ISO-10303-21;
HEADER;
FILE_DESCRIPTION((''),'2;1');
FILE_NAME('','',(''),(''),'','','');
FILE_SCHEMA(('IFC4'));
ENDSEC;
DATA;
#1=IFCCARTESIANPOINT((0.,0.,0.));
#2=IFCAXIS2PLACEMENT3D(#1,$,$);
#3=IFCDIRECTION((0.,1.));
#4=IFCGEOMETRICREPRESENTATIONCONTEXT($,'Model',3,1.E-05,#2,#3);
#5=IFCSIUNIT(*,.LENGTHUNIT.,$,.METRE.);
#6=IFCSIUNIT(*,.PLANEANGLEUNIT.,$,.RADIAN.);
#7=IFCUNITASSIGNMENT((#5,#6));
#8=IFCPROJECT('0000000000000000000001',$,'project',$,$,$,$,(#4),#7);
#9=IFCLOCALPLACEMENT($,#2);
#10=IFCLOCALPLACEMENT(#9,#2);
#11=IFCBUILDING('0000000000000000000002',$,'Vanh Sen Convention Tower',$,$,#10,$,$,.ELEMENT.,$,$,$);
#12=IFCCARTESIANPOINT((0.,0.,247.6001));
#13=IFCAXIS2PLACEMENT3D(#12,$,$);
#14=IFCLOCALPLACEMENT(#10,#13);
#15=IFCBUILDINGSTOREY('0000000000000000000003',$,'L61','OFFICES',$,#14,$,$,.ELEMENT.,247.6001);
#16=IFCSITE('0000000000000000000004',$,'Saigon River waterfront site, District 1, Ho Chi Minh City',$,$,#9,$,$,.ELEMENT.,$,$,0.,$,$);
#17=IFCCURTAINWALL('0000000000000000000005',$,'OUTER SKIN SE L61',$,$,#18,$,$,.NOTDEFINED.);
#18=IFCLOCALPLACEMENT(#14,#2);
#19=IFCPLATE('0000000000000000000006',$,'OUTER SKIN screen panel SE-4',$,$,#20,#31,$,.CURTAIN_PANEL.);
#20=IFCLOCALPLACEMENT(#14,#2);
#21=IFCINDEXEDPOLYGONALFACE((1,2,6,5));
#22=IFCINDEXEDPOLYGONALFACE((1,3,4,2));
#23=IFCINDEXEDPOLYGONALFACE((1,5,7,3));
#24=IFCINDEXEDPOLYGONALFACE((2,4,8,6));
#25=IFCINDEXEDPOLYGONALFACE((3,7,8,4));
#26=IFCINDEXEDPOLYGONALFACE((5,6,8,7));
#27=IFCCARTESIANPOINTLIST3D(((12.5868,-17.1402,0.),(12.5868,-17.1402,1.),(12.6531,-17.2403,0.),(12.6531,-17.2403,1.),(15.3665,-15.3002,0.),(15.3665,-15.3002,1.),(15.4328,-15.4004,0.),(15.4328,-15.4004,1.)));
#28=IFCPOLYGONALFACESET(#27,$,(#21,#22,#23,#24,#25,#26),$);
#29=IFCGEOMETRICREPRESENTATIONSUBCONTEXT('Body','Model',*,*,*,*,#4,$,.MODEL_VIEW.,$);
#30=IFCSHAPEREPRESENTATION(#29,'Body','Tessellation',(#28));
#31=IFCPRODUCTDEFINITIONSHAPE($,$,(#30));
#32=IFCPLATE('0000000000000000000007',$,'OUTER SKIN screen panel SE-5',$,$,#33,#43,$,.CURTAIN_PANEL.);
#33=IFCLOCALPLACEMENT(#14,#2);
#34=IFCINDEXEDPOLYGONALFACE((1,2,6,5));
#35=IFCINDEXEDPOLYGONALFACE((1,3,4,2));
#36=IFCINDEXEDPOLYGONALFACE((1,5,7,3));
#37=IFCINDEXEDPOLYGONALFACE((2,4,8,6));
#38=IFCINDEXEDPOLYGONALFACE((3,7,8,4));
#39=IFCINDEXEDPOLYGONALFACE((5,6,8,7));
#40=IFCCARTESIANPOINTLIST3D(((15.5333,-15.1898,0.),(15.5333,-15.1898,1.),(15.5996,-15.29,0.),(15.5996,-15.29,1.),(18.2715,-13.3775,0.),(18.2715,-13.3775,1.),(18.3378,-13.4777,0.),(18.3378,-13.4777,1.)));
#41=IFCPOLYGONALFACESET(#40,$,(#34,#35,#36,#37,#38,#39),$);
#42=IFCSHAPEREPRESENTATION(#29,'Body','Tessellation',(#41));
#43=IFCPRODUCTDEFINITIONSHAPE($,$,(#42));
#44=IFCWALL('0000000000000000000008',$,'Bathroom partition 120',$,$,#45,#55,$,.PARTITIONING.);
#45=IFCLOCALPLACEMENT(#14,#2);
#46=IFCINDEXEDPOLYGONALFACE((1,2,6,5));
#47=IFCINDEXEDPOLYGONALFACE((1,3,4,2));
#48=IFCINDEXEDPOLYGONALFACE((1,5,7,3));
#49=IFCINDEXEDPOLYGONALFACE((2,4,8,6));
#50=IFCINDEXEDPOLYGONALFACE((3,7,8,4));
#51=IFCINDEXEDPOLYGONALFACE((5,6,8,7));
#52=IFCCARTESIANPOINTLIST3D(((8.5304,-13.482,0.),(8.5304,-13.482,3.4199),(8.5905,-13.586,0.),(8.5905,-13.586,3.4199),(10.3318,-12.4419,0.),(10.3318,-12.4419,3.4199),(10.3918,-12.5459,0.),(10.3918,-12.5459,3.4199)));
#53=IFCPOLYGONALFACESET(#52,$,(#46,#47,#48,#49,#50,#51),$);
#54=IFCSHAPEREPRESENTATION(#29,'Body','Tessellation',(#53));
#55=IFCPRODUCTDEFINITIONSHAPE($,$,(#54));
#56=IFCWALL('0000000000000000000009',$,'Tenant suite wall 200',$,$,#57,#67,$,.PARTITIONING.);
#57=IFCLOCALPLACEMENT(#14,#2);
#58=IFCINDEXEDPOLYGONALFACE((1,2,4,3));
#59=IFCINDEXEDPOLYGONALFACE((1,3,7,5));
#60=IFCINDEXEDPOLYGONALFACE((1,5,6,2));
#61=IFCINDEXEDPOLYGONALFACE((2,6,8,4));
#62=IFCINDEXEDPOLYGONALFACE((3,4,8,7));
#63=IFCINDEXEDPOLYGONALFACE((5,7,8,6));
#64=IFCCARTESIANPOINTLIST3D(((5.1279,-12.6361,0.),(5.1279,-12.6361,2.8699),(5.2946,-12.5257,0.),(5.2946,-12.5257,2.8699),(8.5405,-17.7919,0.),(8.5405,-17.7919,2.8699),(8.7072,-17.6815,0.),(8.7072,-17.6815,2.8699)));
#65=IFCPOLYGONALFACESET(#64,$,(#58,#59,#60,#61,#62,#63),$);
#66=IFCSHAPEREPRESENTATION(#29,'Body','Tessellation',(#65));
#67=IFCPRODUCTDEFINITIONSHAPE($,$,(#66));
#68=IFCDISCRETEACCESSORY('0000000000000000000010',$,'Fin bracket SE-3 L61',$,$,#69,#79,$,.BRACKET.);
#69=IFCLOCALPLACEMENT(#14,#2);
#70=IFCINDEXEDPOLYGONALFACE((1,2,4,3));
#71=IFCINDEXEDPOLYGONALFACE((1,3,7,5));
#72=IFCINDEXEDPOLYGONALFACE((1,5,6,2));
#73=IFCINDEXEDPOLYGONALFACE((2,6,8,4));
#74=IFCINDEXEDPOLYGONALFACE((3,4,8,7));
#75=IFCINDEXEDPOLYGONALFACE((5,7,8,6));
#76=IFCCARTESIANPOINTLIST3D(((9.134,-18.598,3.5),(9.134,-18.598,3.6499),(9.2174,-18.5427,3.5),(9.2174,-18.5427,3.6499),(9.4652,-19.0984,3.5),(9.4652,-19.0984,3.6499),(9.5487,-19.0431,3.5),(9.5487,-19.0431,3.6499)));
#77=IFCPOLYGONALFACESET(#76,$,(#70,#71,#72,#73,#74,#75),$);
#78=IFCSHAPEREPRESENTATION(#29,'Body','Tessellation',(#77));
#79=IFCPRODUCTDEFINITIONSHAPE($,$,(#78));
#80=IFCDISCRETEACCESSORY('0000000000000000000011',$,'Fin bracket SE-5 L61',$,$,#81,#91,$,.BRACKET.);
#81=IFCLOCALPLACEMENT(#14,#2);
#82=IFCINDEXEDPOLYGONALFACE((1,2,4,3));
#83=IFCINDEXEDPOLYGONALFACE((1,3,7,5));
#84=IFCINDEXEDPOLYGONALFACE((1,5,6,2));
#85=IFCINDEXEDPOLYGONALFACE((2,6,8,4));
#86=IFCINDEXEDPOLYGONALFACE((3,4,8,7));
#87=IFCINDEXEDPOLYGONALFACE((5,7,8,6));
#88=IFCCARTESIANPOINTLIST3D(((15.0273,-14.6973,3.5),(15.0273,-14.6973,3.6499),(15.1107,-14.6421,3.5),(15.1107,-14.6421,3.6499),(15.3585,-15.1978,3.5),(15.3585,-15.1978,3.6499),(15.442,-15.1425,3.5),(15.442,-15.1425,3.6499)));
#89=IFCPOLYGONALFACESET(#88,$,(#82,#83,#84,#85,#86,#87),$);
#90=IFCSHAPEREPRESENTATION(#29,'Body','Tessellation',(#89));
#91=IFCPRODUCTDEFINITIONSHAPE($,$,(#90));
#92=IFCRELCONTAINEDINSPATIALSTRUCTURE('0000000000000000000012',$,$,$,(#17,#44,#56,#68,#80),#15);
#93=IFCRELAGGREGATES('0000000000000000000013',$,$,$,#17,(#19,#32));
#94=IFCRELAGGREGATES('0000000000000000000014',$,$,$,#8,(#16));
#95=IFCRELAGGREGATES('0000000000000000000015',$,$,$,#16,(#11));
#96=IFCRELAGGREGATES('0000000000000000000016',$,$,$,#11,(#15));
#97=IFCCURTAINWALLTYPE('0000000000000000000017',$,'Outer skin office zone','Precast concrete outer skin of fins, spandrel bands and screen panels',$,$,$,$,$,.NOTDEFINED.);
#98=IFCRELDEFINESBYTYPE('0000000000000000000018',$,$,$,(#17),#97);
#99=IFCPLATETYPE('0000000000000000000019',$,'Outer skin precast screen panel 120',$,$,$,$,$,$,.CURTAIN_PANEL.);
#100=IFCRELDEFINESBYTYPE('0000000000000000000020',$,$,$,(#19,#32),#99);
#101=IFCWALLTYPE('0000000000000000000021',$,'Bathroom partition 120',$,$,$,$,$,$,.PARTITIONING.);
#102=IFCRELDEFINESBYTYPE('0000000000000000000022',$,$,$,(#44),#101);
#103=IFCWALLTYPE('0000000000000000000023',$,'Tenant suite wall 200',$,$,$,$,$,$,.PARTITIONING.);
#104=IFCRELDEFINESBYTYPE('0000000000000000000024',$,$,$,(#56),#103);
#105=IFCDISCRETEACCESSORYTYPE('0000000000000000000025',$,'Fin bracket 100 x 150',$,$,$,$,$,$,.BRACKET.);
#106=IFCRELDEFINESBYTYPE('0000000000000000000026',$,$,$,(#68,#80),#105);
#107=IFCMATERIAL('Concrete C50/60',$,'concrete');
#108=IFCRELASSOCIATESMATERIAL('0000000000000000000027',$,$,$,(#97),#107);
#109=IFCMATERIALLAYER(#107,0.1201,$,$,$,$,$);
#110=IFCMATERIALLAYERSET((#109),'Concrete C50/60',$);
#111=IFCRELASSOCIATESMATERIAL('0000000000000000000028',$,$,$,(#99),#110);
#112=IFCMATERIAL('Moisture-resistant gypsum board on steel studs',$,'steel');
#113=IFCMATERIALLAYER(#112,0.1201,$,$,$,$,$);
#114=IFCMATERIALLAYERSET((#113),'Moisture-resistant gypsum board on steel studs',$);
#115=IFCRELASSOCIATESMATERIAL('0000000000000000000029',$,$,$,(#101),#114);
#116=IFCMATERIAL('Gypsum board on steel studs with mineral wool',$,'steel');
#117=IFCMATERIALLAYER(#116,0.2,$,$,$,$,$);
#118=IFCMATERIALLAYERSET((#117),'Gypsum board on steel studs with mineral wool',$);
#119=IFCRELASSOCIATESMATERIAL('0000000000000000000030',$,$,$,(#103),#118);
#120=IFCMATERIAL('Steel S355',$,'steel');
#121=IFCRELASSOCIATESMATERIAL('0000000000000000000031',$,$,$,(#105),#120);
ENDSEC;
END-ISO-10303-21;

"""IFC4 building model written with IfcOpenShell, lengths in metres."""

from ifc_helpers import new_model, si_unit, direction, frame, frame_2d, origin, origin_2d, place, context, subcontext, project, spatial, rectangle, extrude, material, layer, layer_set, type_object, element, aggregate, save


model = new_model("IFC4")

# Units and contexts
model_context = context("Model", 3, precision=1e-05, world=origin(), true_north=direction((0.0, 1.0)))
body_context = subcontext(model_context, "Body", "Model", "MODEL_VIEW")
ifc_project = project(units=[si_unit("LENGTHUNIT", "METRE"), si_unit("PLANEANGLEUNIT", "RADIAN")], contexts=[model_context])

# Site, building, storey
site_placement = place(None, origin())
site = spatial("IfcSite", under=ifc_project, at=site_placement, Name="Saigon River waterfront site, District 1, Ho Chi Minh City", CompositionType="ELEMENT", RefElevation=0.0)
building_placement = place(site_placement, origin())
building = spatial("IfcBuilding", under=site, at=building_placement, Name="Vanh Sen Convention Tower", CompositionType="ELEMENT")
storey_placement = place(building_placement, frame((0.0, 0.0, 247.6001)))
storey = spatial("IfcBuildingStorey", under=building, at=storey_placement, Name="L61", Description="OFFICES", CompositionType="ELEMENT", Elevation=247.6001)

# Curtain wall
ifc_material_1 = material(Name="Concrete C50/60", Category="concrete")
curtain_wall_type = type_object("IfcCurtainWallType", Name="Outer skin office zone", Description="Precast concrete outer skin of fins, spandrel bands and screen panels", PredefinedType="NOTDEFINED", material=ifc_material_1)
curtain_wall_1_placement = place(storey_placement, origin())
curtain_wall_1 = element("IfcCurtainWall", 1, at=curtain_wall_1_placement, inside=storey, type_object=curtain_wall_type, Name="OUTER SKIN SE L61", PredefinedType="NOTDEFINED")

# Plates
ifc_layer_1 = layer(ifc_material_1, 0.1201)
ifc_layer_set_1 = layer_set([ifc_layer_1], Name="Concrete C50/60")
plate_type = type_object("IfcPlateType", Name="Outer skin precast screen panel 120", PredefinedType="CURTAIN_PANEL", material=ifc_layer_set_1)
plate_1_placement = place(storey_placement, frame((14.0098, -16.2703, 0.0), z_axis=(0.0, 0.0, 1.0), x_axis=(0.833874, 0.551954, 0.0)))
plate_1 = element("IfcPlate", 2, at=plate_1_placement, type_object=plate_type, Name="OUTER SKIN screen panel SE-4", PredefinedType="CURTAIN_PANEL", context=body_context, shape_type="SweptSolid", body=[
    extrude(rectangle(XDim=3.3335, YDim=0.1201, at=origin_2d()), origin(), (0.0, 0.0, 1.0), 1.0),
])
plate_2_placement = place(storey_placement, frame((16.9355, -14.3337, 0.0), z_axis=(0.0, 0.0, 1.0), x_axis=(0.833896, 0.551921, 0.0)))
plate_2 = element("IfcPlate", 3, at=plate_2_placement, type_object=plate_type, Name="OUTER SKIN screen panel SE-5", PredefinedType="CURTAIN_PANEL", context=body_context, shape_type="SweptSolid", body=[
    extrude(rectangle(XDim=3.2837, YDim=0.1201, at=origin_2d()), origin(), (0.0, 0.0, 1.0), 1.0),
])
aggregate(curtain_wall_1, [plate_1, plate_2])

# Walls
ifc_material_2 = material(Name="Moisture-resistant gypsum board on steel studs", Category="steel")
ifc_layer_2 = layer(ifc_material_2, 0.1201)
ifc_layer_set_2 = layer_set([ifc_layer_2], Name="Moisture-resistant gypsum board on steel studs")
wall_type_1 = type_object("IfcWallType", Name="Bathroom partition 120", PredefinedType="PARTITIONING", material=ifc_layer_set_2)
wall_1_placement = place(storey_placement, frame((10.3618, -12.4939, 0.0), z_axis=(0.0, 0.0, 1.0), x_axis=(-0.86601, -0.500027, 0.0)))
element("IfcWall", 4, at=wall_1_placement, inside=storey, type_object=wall_type_1, Name="Bathroom partition 120", PredefinedType="PARTITIONING", context=body_context, shape_type="SweptSolid", body=[
    extrude(rectangle(XDim=2.0801, YDim=0.1201, at=frame_2d((1.04, 0.0))), origin(), (0.0, 0.0, 1.0), 3.4199),
])
ifc_material_3 = material(Name="Gypsum board on steel studs with mineral wool", Category="steel")
ifc_layer_3 = layer(ifc_material_3, 0.2)
ifc_layer_set_3 = layer_set([ifc_layer_3], Name="Gypsum board on steel studs with mineral wool")
wall_type_2 = type_object("IfcWallType", Name="Tenant suite wall 200", PredefinedType="PARTITIONING", material=ifc_layer_set_3)
wall_2_placement = place(storey_placement, frame((8.6238, -17.7366, 0.0), z_axis=(0.0, 0.0, 1.0), x_axis=(-0.551945, 0.83388, 0.0)))
element("IfcWall", 5, at=wall_2_placement, inside=storey, type_object=wall_type_2, Name="Tenant suite wall 200", PredefinedType="PARTITIONING", context=body_context, shape_type="SweptSolid", body=[
    extrude(rectangle(XDim=6.1829, YDim=0.2, at=frame_2d((3.0913, 0.0))), origin(), (0.0, 0.0, 1.0), 2.8699),
])

# Discrete accessories
ifc_material_4 = material(Name="Steel S355", Category="steel")
discrete_accessory_type = type_object("IfcDiscreteAccessoryType", Name="Fin bracket 100 x 150", PredefinedType="BRACKET", material=ifc_material_4)
for number, where, z_axis, x_axis, name in (
    (6, (9.3413, -18.8206, 3.5), (0.0, 0.0, 1.0), (0.551937, -0.833886, 0.0), "Fin bracket SE-3 L61"),
    (7, (15.2346, -14.9199, 3.5), (0.0, 0.0, 1.0), (0.551937, -0.833886, 0.0), "Fin bracket SE-5 L61"),
):
    element("IfcDiscreteAccessory", number, at=place(storey_placement, frame(where, z_axis=z_axis, x_axis=x_axis)), inside=storey, type_object=discrete_accessory_type, Name=name, PredefinedType="BRACKET", context=body_context, shape_type="SweptSolid", body=[
        extrude(rectangle(XDim=0.6001, YDim=0.1001, at=origin_2d()), origin(), (0.0, 0.0, 1.0), 0.1499),
    ])

save(model, "model.ifc")
